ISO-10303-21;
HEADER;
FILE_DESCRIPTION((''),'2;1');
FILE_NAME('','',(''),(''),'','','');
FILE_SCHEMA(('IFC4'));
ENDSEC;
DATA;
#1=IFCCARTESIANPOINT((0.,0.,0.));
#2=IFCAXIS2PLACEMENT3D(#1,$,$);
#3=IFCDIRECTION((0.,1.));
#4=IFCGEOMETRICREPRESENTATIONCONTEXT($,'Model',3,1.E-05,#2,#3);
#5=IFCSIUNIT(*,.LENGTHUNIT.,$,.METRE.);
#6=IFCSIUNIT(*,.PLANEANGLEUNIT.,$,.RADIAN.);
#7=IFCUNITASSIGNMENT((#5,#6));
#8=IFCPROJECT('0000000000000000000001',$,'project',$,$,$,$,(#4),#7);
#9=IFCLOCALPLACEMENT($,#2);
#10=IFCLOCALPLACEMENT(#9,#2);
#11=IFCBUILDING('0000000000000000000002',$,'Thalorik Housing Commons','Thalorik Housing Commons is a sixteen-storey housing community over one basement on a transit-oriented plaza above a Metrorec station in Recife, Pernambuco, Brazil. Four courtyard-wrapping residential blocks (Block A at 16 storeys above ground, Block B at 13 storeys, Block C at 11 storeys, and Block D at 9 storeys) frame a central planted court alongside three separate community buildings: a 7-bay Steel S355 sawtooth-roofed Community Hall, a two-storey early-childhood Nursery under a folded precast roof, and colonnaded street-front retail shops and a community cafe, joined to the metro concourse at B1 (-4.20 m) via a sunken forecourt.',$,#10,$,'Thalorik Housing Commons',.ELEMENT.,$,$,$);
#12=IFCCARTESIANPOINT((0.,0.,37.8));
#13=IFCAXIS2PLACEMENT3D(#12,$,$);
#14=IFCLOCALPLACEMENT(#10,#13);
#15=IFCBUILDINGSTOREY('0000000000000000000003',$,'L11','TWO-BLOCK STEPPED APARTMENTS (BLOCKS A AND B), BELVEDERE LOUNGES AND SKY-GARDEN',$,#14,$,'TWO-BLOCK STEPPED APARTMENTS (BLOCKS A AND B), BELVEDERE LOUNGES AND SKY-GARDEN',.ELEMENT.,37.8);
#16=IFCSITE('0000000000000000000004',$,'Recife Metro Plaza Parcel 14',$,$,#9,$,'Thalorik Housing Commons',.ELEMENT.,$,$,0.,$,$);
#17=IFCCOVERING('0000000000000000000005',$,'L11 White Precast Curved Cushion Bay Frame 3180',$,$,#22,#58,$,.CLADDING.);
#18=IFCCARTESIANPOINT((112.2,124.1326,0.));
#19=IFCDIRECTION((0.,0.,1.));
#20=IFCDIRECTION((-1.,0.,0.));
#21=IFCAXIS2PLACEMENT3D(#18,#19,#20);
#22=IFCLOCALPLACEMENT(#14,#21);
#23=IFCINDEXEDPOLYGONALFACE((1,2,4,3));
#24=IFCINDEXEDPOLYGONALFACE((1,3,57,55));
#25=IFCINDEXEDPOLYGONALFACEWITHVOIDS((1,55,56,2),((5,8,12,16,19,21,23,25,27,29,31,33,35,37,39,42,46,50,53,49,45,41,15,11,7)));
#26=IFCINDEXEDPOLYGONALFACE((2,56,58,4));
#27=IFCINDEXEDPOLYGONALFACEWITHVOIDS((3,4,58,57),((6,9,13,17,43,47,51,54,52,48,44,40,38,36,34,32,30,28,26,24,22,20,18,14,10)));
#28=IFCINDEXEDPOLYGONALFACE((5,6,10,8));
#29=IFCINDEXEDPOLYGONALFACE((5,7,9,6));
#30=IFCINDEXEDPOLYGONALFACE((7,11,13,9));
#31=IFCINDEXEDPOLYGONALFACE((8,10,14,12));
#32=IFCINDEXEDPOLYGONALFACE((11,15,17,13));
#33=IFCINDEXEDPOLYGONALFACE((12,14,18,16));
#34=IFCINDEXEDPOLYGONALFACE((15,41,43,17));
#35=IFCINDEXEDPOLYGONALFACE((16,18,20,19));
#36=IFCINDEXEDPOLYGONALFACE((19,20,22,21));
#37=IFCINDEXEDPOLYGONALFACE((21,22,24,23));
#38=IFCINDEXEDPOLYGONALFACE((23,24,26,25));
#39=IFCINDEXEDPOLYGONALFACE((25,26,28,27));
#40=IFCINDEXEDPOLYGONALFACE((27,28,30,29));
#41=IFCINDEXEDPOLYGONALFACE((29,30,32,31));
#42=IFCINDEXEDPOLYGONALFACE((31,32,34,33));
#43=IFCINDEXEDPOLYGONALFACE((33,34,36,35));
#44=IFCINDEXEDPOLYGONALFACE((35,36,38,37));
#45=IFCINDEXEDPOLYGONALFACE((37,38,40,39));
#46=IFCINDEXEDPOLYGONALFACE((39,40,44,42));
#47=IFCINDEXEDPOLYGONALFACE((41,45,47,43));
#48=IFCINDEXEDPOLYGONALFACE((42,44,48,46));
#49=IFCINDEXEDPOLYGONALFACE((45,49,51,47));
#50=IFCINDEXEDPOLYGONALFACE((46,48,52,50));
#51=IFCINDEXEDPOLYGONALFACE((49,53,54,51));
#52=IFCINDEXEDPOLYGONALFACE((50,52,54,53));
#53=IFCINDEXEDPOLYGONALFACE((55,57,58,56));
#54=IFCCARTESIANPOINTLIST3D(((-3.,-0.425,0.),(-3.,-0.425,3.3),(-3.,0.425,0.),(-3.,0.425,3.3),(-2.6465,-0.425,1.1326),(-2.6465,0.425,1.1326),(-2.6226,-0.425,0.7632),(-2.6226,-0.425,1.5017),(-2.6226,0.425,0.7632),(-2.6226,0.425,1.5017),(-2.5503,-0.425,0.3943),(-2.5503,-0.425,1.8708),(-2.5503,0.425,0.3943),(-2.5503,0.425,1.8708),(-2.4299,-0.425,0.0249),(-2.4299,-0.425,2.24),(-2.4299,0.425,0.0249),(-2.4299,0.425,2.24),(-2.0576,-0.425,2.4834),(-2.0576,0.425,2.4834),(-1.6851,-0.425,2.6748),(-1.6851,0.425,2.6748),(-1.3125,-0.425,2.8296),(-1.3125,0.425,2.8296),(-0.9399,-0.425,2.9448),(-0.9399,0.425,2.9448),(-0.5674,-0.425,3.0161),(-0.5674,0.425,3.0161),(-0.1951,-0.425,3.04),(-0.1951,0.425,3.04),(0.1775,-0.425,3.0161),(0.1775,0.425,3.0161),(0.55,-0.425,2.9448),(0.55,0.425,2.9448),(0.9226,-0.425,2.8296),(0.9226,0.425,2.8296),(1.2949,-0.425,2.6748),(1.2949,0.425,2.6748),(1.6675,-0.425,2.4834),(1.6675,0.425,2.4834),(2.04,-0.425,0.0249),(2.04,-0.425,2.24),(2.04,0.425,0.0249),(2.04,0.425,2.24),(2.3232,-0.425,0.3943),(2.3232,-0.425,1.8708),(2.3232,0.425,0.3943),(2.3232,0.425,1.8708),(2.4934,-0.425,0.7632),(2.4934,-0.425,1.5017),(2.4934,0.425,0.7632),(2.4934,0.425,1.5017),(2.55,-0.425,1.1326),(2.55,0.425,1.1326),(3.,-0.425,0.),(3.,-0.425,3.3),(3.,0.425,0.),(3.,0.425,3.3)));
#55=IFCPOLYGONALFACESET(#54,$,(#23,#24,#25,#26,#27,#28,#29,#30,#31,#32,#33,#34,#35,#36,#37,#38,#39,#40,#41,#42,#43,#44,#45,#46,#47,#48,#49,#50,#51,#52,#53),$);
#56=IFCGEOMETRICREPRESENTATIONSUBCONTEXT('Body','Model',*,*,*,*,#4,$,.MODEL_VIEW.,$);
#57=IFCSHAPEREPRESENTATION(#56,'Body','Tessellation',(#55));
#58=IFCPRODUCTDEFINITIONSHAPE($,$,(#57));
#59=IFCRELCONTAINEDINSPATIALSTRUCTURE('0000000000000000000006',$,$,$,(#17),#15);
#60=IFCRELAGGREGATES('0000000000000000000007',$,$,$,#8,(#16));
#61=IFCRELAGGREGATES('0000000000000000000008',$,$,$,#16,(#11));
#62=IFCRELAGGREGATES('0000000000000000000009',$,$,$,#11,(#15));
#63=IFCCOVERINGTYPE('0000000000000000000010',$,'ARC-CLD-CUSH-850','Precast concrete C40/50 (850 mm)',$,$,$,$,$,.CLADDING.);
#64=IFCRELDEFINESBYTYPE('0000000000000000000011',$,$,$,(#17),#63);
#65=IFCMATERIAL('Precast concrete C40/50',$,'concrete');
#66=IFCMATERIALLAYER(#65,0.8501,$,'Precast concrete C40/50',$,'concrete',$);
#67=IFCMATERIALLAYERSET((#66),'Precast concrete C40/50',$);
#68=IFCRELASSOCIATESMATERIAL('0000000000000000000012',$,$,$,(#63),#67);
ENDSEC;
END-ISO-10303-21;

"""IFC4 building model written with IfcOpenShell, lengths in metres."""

from ifc_helpers import new_model, si_unit, direction, frame, origin, place, context, subcontext, project, spatial, polyline, outline, extrude, material, layer, layer_set, type_object, element, save


model = new_model("IFC4")

# Units and contexts
model_context = context("Model", 3, precision=1e-05, world=origin(), true_north=direction((0.0, 1.0)))
body_context = subcontext(model_context, "Body", "Model", "MODEL_VIEW")
ifc_project = project(units=[si_unit("LENGTHUNIT", "METRE"), si_unit("PLANEANGLEUNIT", "RADIAN")], contexts=[model_context])

# Site, building, storey
site_placement = place(None, origin())
site = spatial("IfcSite", under=ifc_project, at=site_placement, Name="Recife Metro Plaza Parcel 14", LongName="Thalorik Housing Commons", CompositionType="ELEMENT", RefElevation=0.0)
building_placement = place(site_placement, origin())
building = spatial("IfcBuilding", under=site, at=building_placement, Name="Thalorik Housing Commons", Description="Thalorik Housing Commons is a sixteen-storey housing community over one basement on a transit-oriented plaza above a Metrorec station in Recife, Pernambuco, Brazil. Four courtyard-wrapping residential blocks (Block A at 16 storeys above ground, Block B at 13 storeys, Block C at 11 storeys, and Block D at 9 storeys) frame a central planted court alongside three separate community buildings: a 7-bay Steel S355 sawtooth-roofed Community Hall, a two-storey early-childhood Nursery under a folded precast roof, and colonnaded street-front retail shops and a community cafe, joined to the metro concourse at B1 (-4.20 m) via a sunken forecourt.", LongName="Thalorik Housing Commons", CompositionType="ELEMENT")
storey_placement = place(building_placement, frame((0.0, 0.0, 37.8)))
storey = spatial("IfcBuildingStorey", under=building, at=storey_placement, Name="L11", Description="TWO-BLOCK STEPPED APARTMENTS (BLOCKS A AND B), BELVEDERE LOUNGES AND SKY-GARDEN", LongName="TWO-BLOCK STEPPED APARTMENTS (BLOCKS A AND B), BELVEDERE LOUNGES AND SKY-GARDEN", CompositionType="ELEMENT", Elevation=37.8)

# Shared definitions
ifc_material_1 = material(Name="Precast concrete C40/50", Category="concrete")

# Covering
ifc_layer_1 = layer(ifc_material_1, 0.8501, Name="Precast concrete C40/50", Category="concrete")
ifc_layer_set_1 = layer_set([ifc_layer_1], Name="Precast concrete C40/50")
covering_type_1 = type_object("IfcCoveringType", Name="ARC-CLD-CUSH-850", Description="Precast concrete C40/50 (850 mm)", PredefinedType="CLADDING", material=ifc_layer_set_1)
covering_1_placement = place(storey_placement, frame((112.2, 124.1326, 0.0), z_axis=(0.0, 0.0, 1.0), x_axis=(-1.0, 0.0, 0.0)))
element("IfcCovering", 1, at=covering_1_placement, inside=storey, type_object=covering_type_1, Name="L11 White Precast Curved Cushion Bay Frame 3180", PredefinedType="CLADDING", context=body_context, shape_type="SweptSolid", body=[
    extrude(outline(polyline([(-3.0, 0.0), (3.0, 0.0), (3.0, 3.3), (-3.0, 3.3), (-3.0, 0.0)]), holes=[polyline([(2.04, 0.0249), (2.3232, 0.3943), (2.4934, 0.7632), (2.55, 1.1326), (2.4934, 1.5017), (2.3232, 1.8708), (2.04, 2.24), (1.6675, 2.4834), (1.2949, 2.6748), (0.9226, 2.8296), (0.55, 2.9448), (0.1775, 3.0161), (-0.1951, 3.04), (-0.5674, 3.0161), (-0.9399, 2.9448), (-1.3125, 2.8296), (-1.6851, 2.6748), (-2.0576, 2.4834), (-2.4299, 2.24), (-2.5503, 1.8708), (-2.6226, 1.5017), (-2.6465, 1.1326), (-2.6226, 0.7632), (-2.5503, 0.3943), (-2.4299, 0.0249), (2.04, 0.0249)])]), frame((0.0, 0.425, 0.0), z_axis=(0.0, -1.0, 0.0), x_axis=(1.0, 0.0, 0.0)), (0.0, 0.0, 1.0), 0.8501),
])

save(model, "model.ifc")
